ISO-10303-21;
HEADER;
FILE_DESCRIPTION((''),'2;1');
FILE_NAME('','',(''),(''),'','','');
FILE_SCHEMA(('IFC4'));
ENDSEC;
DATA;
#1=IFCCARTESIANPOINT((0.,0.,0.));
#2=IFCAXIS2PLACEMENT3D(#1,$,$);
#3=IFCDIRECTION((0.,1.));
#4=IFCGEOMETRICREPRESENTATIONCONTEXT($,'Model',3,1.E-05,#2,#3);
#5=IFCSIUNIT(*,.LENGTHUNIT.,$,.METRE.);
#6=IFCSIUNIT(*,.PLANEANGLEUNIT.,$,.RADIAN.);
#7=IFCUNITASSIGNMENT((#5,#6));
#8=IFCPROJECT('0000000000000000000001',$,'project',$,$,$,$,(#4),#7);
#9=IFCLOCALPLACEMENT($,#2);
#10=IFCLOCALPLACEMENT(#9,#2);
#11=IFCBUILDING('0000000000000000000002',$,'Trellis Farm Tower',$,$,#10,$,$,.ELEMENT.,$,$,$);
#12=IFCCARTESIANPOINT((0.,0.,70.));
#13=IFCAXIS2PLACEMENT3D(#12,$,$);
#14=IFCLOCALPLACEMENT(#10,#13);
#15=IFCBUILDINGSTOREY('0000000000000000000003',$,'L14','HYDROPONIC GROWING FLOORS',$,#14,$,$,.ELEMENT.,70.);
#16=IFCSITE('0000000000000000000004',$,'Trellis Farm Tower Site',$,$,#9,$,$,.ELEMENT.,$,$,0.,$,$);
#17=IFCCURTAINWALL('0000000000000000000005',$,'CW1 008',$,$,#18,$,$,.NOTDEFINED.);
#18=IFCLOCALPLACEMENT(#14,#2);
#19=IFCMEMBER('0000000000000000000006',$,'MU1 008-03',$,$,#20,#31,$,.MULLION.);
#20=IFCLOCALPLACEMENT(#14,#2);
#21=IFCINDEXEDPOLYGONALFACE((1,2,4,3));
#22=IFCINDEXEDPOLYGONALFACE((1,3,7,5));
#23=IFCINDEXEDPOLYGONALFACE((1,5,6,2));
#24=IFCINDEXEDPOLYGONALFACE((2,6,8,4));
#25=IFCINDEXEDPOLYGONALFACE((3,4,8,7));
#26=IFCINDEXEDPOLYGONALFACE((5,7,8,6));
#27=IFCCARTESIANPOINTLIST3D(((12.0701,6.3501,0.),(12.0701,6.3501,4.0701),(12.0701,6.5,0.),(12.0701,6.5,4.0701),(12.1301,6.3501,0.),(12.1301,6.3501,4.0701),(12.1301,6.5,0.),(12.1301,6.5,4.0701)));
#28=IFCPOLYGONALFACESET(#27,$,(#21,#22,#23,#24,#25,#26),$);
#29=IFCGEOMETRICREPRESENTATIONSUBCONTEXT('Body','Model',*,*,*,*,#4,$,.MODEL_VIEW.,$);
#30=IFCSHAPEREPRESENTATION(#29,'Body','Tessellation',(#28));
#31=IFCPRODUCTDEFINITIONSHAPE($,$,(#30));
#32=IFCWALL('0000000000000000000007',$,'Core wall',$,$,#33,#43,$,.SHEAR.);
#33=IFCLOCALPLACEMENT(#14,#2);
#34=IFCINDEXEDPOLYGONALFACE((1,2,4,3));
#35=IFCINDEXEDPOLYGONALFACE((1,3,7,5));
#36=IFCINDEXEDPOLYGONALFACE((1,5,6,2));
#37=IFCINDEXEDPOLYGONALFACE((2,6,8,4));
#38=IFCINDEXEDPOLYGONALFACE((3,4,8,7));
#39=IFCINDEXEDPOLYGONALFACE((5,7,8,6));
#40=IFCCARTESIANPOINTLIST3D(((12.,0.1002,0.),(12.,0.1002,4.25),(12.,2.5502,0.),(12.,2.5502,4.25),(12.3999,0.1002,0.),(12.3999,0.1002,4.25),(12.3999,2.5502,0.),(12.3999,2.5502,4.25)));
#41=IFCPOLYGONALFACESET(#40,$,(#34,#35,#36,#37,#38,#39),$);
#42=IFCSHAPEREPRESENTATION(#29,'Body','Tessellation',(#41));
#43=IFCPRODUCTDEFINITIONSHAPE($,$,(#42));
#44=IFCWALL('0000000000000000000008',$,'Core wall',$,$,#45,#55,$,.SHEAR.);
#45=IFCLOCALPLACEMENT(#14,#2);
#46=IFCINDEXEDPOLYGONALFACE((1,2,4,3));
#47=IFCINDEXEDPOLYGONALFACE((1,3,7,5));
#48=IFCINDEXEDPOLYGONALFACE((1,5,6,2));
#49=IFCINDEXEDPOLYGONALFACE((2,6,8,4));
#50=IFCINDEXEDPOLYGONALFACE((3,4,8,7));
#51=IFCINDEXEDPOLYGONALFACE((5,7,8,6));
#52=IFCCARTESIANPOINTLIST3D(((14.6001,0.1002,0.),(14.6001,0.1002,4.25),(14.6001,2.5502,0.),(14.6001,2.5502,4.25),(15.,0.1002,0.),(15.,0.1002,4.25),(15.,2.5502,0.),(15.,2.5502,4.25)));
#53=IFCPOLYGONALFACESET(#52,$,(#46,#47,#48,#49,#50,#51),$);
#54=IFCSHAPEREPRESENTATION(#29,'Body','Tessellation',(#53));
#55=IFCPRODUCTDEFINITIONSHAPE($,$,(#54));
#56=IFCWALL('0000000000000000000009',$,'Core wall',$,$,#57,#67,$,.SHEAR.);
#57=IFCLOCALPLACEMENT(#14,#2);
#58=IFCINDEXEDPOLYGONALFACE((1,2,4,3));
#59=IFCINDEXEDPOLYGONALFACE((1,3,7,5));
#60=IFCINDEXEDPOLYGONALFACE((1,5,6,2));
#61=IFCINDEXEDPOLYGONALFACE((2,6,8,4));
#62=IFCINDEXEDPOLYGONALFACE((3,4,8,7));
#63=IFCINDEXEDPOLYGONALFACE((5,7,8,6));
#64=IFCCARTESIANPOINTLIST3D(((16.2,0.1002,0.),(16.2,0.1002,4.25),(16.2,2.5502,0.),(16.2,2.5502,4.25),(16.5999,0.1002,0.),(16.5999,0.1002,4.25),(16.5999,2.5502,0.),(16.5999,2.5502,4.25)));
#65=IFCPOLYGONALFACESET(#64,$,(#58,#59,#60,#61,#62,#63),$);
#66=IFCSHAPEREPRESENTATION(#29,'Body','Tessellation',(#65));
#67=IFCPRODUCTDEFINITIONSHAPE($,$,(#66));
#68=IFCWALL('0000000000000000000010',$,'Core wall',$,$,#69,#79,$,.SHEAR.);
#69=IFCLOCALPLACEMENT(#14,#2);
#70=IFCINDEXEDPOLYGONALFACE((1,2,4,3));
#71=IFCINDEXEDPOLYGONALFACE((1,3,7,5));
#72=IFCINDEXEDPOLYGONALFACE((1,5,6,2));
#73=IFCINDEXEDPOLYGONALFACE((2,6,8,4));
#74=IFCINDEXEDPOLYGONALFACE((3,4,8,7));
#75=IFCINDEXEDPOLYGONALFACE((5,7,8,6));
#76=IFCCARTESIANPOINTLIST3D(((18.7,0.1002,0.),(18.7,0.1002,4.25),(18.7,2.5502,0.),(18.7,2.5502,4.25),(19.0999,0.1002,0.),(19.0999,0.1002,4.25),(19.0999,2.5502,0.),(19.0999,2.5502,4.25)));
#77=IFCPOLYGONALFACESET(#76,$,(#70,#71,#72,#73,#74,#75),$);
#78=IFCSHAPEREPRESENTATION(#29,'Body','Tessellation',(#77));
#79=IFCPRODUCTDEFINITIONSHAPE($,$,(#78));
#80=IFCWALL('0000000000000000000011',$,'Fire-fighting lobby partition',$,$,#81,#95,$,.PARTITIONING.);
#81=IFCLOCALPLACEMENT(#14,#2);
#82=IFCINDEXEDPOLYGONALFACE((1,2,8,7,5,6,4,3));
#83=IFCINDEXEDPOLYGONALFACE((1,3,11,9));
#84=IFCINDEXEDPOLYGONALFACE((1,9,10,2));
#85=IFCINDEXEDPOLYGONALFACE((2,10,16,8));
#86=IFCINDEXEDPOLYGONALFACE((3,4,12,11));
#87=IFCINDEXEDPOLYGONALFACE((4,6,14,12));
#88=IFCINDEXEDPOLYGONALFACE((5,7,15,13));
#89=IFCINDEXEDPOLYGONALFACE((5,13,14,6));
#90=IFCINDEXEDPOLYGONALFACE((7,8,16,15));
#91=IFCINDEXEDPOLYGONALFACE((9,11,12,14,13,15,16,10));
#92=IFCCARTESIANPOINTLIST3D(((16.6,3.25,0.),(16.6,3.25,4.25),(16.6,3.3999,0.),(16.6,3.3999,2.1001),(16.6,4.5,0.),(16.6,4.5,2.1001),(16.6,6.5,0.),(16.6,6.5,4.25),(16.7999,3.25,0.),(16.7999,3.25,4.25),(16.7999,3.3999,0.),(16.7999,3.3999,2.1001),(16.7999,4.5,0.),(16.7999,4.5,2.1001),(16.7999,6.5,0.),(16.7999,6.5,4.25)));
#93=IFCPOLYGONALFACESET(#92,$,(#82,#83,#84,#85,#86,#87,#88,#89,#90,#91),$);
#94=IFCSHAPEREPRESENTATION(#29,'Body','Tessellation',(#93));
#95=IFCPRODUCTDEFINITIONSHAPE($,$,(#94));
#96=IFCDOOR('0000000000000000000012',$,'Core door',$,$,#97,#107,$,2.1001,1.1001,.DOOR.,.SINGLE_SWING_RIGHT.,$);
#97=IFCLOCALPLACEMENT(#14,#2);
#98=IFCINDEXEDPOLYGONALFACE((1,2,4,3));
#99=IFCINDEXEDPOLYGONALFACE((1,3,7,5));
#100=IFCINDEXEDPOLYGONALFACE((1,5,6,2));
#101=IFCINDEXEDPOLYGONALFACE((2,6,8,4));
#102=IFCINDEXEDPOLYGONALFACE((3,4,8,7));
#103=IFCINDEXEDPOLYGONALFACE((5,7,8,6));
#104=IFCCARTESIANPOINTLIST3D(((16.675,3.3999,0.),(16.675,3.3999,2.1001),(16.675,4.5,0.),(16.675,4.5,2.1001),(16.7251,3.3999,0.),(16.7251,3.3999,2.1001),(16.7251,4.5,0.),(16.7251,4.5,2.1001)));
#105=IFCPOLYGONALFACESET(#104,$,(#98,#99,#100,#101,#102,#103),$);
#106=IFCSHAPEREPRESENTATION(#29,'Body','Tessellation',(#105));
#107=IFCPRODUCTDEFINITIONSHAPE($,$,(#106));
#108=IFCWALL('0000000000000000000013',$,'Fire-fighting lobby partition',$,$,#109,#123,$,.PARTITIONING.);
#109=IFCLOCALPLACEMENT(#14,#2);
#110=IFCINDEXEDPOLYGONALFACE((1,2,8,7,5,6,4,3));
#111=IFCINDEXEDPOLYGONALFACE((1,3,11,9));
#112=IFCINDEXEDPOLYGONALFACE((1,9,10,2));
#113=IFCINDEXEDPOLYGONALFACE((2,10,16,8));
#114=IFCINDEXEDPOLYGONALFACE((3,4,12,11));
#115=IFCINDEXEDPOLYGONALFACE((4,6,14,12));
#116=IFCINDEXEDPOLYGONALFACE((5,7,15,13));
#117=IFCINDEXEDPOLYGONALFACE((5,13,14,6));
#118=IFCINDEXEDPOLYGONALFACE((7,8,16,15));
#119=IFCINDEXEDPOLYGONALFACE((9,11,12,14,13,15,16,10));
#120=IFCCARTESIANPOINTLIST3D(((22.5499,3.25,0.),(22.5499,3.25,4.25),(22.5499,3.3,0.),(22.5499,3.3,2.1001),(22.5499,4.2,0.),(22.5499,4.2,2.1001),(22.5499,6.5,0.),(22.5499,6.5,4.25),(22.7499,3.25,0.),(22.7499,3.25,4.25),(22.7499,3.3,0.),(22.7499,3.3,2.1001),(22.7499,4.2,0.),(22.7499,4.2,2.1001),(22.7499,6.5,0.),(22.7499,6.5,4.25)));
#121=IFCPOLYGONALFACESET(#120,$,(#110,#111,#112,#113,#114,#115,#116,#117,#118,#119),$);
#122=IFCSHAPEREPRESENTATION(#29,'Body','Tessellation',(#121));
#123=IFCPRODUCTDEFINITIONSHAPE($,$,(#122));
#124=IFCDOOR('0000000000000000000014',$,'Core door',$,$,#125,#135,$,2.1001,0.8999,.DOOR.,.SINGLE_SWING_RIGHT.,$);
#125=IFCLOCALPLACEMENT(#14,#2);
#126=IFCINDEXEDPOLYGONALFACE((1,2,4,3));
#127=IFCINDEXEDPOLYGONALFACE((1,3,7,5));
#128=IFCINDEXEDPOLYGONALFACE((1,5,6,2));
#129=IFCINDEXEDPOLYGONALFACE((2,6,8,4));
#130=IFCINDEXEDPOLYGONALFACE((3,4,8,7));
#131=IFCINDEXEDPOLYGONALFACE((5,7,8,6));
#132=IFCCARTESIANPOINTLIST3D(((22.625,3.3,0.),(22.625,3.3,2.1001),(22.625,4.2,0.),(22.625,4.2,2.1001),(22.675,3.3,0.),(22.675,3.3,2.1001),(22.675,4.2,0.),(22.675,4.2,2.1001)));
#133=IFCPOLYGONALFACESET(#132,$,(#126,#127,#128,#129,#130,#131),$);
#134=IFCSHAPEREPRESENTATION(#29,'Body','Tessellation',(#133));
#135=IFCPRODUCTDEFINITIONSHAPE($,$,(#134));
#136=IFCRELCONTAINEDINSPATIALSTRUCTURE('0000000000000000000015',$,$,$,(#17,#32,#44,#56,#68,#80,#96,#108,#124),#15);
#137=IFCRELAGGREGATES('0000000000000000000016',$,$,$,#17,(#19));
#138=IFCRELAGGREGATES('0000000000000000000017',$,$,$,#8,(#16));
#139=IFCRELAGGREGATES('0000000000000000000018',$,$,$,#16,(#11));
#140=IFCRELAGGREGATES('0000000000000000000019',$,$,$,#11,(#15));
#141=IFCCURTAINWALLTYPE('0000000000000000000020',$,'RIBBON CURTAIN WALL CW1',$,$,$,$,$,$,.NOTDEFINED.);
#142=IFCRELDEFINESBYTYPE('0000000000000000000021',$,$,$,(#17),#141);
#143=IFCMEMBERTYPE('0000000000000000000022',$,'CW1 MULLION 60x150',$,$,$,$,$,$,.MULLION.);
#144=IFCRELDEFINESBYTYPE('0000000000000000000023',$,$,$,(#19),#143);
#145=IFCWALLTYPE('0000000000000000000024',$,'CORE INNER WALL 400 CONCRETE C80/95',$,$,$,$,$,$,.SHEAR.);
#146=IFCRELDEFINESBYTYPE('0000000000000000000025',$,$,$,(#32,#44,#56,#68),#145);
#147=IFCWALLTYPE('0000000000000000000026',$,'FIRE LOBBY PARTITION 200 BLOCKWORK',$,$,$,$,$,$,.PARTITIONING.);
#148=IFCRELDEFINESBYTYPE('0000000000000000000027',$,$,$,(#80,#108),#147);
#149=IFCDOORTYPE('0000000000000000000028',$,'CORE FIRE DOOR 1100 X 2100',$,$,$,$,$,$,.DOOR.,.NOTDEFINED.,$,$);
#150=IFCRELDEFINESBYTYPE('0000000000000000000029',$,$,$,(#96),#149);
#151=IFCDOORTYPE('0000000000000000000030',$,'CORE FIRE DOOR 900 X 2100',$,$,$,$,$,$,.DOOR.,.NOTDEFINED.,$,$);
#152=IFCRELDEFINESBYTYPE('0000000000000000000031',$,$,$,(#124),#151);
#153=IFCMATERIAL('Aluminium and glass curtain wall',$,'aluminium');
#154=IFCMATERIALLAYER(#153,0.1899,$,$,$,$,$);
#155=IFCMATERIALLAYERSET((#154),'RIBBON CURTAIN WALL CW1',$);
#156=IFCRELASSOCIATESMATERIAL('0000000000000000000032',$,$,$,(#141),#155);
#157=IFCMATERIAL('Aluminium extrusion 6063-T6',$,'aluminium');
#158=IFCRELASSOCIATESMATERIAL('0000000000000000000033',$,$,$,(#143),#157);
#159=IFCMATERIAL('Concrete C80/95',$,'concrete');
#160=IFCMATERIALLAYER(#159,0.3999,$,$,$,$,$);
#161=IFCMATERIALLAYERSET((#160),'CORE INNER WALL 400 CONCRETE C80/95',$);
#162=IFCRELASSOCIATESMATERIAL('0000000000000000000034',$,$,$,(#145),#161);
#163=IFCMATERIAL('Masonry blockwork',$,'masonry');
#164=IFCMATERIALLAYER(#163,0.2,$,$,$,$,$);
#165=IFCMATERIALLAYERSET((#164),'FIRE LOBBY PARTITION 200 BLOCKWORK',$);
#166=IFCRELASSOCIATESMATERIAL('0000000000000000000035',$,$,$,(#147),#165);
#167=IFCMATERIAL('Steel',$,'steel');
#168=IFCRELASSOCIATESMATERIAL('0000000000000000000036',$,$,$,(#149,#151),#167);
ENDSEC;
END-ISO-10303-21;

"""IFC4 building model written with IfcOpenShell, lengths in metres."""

from ifc_helpers import new_model, si_unit, direction, frame, frame_2d, origin, origin_2d, place, context, subcontext, project, spatial, rectangle, extrude, source, transform, mapped, material, layer, layer_set, material_profile, profile_set, type_object, element, fill, aggregate, save


model = new_model("IFC4")

# Units and contexts
model_context = context("Model", 3, precision=1e-05, world=origin(), true_north=direction((0.0, 1.0)))
body_context = subcontext(model_context, "Body", "Model", "MODEL_VIEW")
ifc_project = project(units=[si_unit("LENGTHUNIT", "METRE"), si_unit("PLANEANGLEUNIT", "RADIAN")], contexts=[model_context])

# Site, building, storey
site_placement = place(None, origin())
site = spatial("IfcSite", under=ifc_project, at=site_placement, Name="Trellis Farm Tower Site", CompositionType="ELEMENT", RefElevation=0.0)
building_placement = place(site_placement, origin())
building = spatial("IfcBuilding", under=site, at=building_placement, Name="Trellis Farm Tower", CompositionType="ELEMENT")
storey_placement = place(building_placement, frame((0.0, 0.0, 70.0)))
storey = spatial("IfcBuildingStorey", under=building, at=storey_placement, Name="L14", Description="HYDROPONIC GROWING FLOORS", CompositionType="ELEMENT", Elevation=70.0)

# Shared definitions
ifc_material_1 = material(Name="Concrete C80/95", Category="concrete")

# Curtain wall, member
ifc_material_2 = material(Name="Aluminium and glass curtain wall", Category="aluminium")
ifc_layer_1 = layer(ifc_material_2, 0.1899)
ifc_layer_set_1 = layer_set([ifc_layer_1], Name="RIBBON CURTAIN WALL CW1")
curtain_wall_type = type_object("IfcCurtainWallType", Name="RIBBON CURTAIN WALL CW1", PredefinedType="NOTDEFINED", material=ifc_layer_set_1)
placement = place(storey_placement, origin())
ifc_material_3 = material(Name="Aluminium extrusion 6063-T6", Category="aluminium")
ifc_material_profile_1 = material_profile(ifc_material_3, rectangle(XDim=0.0601, YDim=0.1499, at=origin_2d()), Name="MULLION 60x150")
ifc_profile_set_1 = profile_set([ifc_material_profile_1], Name="Aluminium extrusion 6063-T6")
member_type = type_object("IfcMemberType", Name="CW1 MULLION 60x150", PredefinedType="MULLION", material=ifc_profile_set_1)
shared_shape_1 = source(origin(), body_context, "Body", "SweptSolid", [
    extrude(rectangle(XDim=0.0601, YDim=0.1499, at=origin_2d()), origin(), (0.0, 0.0, 1.0), 4.0701),
])
curtain_wall_1 = element("IfcCurtainWall", 1, at=placement, inside=storey, type_object=curtain_wall_type, Name="CW1 008", PredefinedType="NOTDEFINED")
member_1_placement = place(storey_placement, frame((12.1001, 6.425, 0.0), z_axis=(0.0, 0.0, 1.0), x_axis=(-1.0, 0.0, 0.0)))
member_1 = element("IfcMember", 2, at=member_1_placement, type_object=member_type, Name="MU1 008-03", PredefinedType="MULLION", context=body_context, shape_type="MappedRepresentation", body=[
    mapped(shared_shape_1, transform((0.0, 0.0, 0.0))),
])
aggregate(curtain_wall_1, [member_1])

# Walls
ifc_layer_2 = layer(ifc_material_1, 0.3999)
ifc_layer_set_2 = layer_set([ifc_layer_2], Name="CORE INNER WALL 400 CONCRETE C80/95")
wall_type_1 = type_object("IfcWallType", Name="CORE INNER WALL 400 CONCRETE C80/95", PredefinedType="SHEAR", material=ifc_layer_set_2)
shared_shape_2 = source(origin(), body_context, "Body", "SweptSolid", [
    extrude(rectangle(XDim=2.45, YDim=0.3999, at=frame_2d((1.2251, 0.0))), origin(), (0.0, 0.0, 1.0), 4.25),
])
for number, where, z_axis, x_axis, name in (
    (3, (12.2, 0.1001, 0.0), (0.0, 0.0, 1.0), (0.0, 1.0, 0.0), "Core wall"),
    (4, (14.8, 0.1001, 0.0), (0.0, 0.0, 1.0), (0.0, 1.0, 0.0), "Core wall"),
    (5, (16.3999, 0.1001, 0.0), (0.0, 0.0, 1.0), (0.0, 1.0, 0.0), "Core wall"),
    (6, (18.8999, 0.1001, 0.0), (0.0, 0.0, 1.0), (0.0, 1.0, 0.0), "Core wall"),
):
    element("IfcWall", number, at=place(storey_placement, frame(where, z_axis=z_axis, x_axis=x_axis)), inside=storey, type_object=wall_type_1, Name=name, PredefinedType="SHEAR", context=body_context, shape_type="MappedRepresentation", body=[
        mapped(shared_shape_2, transform((0.0, 0.0, 0.0))),
    ])

# Walls, openings, doors
ifc_material_4 = material(Name="Masonry blockwork", Category="masonry")
ifc_layer_3 = layer(ifc_material_4, 0.2)
ifc_layer_set_3 = layer_set([ifc_layer_3], Name="FIRE LOBBY PARTITION 200 BLOCKWORK")
wall_type_2 = type_object("IfcWallType", Name="FIRE LOBBY PARTITION 200 BLOCKWORK", PredefinedType="PARTITIONING", material=ifc_layer_set_3)
shared_shape_3 = source(origin(), body_context, "Body", "SweptSolid", [
    extrude(rectangle(XDim=3.25, YDim=0.2, at=frame_2d((1.625, 0.0))), origin(), (0.0, 0.0, 1.0), 4.25),
])
wall_1_placement = place(storey_placement, frame((16.7, 3.25, 0.0), z_axis=(0.0, 0.0, 1.0), x_axis=(0.0, 1.0, 0.0)))
wall_1 = element("IfcWall", 7, at=wall_1_placement, inside=storey, type_object=wall_type_2, Name="Fire-fighting lobby partition", PredefinedType="PARTITIONING", context=body_context, shape_type="MappedRepresentation", body=[
    mapped(shared_shape_3, transform((0.0, 0.0, 0.0))),
])
shared_shape_4 = source(origin(), body_context, "Body", "SweptSolid", [
    extrude(rectangle(XDim=1.1001, YDim=2.1001, at=frame_2d((0.55, 1.05))), frame((0.0, 0.1101, 0.0), z_axis=(0.0, -1.0, 0.0), x_axis=(1.0, 0.0, 0.0)), (0.0, 0.0, 1.0), 0.2202),
])
opening_1_placement = place(wall_1_placement, frame((0.1499, 0.0, 0.0)))
opening_1 = element("IfcOpeningElement", 8, at=opening_1_placement, cuts=wall_1, PredefinedType="OPENING", context=body_context, shape_type="MappedRepresentation", body=[
    mapped(shared_shape_4, transform((0.0, 0.0, 0.0))),
])
ifc_material_5 = material(Name="Steel", Category="steel")
door_type_1 = type_object("IfcDoorType", Name="CORE FIRE DOOR 1100 X 2100", OperationType="NOTDEFINED", PredefinedType="DOOR", material=ifc_material_5)
shared_shape_5 = source(origin(), body_context, "Body", "SweptSolid", [
    extrude(rectangle(XDim=1.1001, YDim=2.1001, at=frame_2d((0.55, 1.05))), frame((0.0, 0.0249, 0.0), z_axis=(0.0, -1.0, 0.0), x_axis=(1.0, 0.0, 0.0)), (0.0, 0.0, 1.0), 0.05),
])
door_1_placement = place(opening_1_placement, origin())
door_1 = element("IfcDoor", 9, at=door_1_placement, inside=storey, type_object=door_type_1, Name="Core door", OperationType="SINGLE_SWING_RIGHT", OverallHeight=2.1001, OverallWidth=1.1001, PredefinedType="DOOR", context=body_context, shape_type="MappedRepresentation", body=[
    mapped(shared_shape_5, transform((0.0, 0.0, 0.0))),
])
fill(opening_1, door_1)
wall_2_placement = place(storey_placement, frame((22.6499, 3.25, 0.0), z_axis=(0.0, 0.0, 1.0), x_axis=(0.0, 1.0, 0.0)))
wall_2 = element("IfcWall", 10, at=wall_2_placement, inside=storey, type_object=wall_type_2, Name="Fire-fighting lobby partition", PredefinedType="PARTITIONING", context=body_context, shape_type="MappedRepresentation", body=[
    mapped(shared_shape_3, transform((0.0, 0.0, 0.0))),
])
shared_shape_6 = source(origin(), body_context, "Body", "SweptSolid", [
    extrude(rectangle(XDim=0.8999, YDim=2.1001, at=frame_2d((0.45, 1.05))), frame((0.0, 0.1101, 0.0), z_axis=(0.0, -1.0, 0.0), x_axis=(1.0, 0.0, 0.0)), (0.0, 0.0, 1.0), 0.2202),
])
opening_2_placement = place(wall_2_placement, frame((0.05, 0.0, 0.0)))
opening_2 = element("IfcOpeningElement", 11, at=opening_2_placement, cuts=wall_2, PredefinedType="OPENING", context=body_context, shape_type="MappedRepresentation", body=[
    mapped(shared_shape_6, transform((0.0, 0.0, 0.0))),
])
door_type_2 = type_object("IfcDoorType", Name="CORE FIRE DOOR 900 X 2100", OperationType="NOTDEFINED", PredefinedType="DOOR", material=ifc_material_5)
shared_shape_7 = source(origin(), body_context, "Body", "SweptSolid", [
    extrude(rectangle(XDim=0.8999, YDim=2.1001, at=frame_2d((0.45, 1.05))), frame((0.0, 0.0249, 0.0), z_axis=(0.0, -1.0, 0.0), x_axis=(1.0, 0.0, 0.0)), (0.0, 0.0, 1.0), 0.05),
])
door_2_placement = place(opening_2_placement, origin())
door_2 = element("IfcDoor", 12, at=door_2_placement, inside=storey, type_object=door_type_2, Name="Core door", OperationType="SINGLE_SWING_RIGHT", OverallHeight=2.1001, OverallWidth=0.8999, PredefinedType="DOOR", context=body_context, shape_type="MappedRepresentation", body=[
    mapped(shared_shape_7, transform((0.0, 0.0, 0.0))),
])
fill(opening_2, door_2)

save(model, "model.ifc")
